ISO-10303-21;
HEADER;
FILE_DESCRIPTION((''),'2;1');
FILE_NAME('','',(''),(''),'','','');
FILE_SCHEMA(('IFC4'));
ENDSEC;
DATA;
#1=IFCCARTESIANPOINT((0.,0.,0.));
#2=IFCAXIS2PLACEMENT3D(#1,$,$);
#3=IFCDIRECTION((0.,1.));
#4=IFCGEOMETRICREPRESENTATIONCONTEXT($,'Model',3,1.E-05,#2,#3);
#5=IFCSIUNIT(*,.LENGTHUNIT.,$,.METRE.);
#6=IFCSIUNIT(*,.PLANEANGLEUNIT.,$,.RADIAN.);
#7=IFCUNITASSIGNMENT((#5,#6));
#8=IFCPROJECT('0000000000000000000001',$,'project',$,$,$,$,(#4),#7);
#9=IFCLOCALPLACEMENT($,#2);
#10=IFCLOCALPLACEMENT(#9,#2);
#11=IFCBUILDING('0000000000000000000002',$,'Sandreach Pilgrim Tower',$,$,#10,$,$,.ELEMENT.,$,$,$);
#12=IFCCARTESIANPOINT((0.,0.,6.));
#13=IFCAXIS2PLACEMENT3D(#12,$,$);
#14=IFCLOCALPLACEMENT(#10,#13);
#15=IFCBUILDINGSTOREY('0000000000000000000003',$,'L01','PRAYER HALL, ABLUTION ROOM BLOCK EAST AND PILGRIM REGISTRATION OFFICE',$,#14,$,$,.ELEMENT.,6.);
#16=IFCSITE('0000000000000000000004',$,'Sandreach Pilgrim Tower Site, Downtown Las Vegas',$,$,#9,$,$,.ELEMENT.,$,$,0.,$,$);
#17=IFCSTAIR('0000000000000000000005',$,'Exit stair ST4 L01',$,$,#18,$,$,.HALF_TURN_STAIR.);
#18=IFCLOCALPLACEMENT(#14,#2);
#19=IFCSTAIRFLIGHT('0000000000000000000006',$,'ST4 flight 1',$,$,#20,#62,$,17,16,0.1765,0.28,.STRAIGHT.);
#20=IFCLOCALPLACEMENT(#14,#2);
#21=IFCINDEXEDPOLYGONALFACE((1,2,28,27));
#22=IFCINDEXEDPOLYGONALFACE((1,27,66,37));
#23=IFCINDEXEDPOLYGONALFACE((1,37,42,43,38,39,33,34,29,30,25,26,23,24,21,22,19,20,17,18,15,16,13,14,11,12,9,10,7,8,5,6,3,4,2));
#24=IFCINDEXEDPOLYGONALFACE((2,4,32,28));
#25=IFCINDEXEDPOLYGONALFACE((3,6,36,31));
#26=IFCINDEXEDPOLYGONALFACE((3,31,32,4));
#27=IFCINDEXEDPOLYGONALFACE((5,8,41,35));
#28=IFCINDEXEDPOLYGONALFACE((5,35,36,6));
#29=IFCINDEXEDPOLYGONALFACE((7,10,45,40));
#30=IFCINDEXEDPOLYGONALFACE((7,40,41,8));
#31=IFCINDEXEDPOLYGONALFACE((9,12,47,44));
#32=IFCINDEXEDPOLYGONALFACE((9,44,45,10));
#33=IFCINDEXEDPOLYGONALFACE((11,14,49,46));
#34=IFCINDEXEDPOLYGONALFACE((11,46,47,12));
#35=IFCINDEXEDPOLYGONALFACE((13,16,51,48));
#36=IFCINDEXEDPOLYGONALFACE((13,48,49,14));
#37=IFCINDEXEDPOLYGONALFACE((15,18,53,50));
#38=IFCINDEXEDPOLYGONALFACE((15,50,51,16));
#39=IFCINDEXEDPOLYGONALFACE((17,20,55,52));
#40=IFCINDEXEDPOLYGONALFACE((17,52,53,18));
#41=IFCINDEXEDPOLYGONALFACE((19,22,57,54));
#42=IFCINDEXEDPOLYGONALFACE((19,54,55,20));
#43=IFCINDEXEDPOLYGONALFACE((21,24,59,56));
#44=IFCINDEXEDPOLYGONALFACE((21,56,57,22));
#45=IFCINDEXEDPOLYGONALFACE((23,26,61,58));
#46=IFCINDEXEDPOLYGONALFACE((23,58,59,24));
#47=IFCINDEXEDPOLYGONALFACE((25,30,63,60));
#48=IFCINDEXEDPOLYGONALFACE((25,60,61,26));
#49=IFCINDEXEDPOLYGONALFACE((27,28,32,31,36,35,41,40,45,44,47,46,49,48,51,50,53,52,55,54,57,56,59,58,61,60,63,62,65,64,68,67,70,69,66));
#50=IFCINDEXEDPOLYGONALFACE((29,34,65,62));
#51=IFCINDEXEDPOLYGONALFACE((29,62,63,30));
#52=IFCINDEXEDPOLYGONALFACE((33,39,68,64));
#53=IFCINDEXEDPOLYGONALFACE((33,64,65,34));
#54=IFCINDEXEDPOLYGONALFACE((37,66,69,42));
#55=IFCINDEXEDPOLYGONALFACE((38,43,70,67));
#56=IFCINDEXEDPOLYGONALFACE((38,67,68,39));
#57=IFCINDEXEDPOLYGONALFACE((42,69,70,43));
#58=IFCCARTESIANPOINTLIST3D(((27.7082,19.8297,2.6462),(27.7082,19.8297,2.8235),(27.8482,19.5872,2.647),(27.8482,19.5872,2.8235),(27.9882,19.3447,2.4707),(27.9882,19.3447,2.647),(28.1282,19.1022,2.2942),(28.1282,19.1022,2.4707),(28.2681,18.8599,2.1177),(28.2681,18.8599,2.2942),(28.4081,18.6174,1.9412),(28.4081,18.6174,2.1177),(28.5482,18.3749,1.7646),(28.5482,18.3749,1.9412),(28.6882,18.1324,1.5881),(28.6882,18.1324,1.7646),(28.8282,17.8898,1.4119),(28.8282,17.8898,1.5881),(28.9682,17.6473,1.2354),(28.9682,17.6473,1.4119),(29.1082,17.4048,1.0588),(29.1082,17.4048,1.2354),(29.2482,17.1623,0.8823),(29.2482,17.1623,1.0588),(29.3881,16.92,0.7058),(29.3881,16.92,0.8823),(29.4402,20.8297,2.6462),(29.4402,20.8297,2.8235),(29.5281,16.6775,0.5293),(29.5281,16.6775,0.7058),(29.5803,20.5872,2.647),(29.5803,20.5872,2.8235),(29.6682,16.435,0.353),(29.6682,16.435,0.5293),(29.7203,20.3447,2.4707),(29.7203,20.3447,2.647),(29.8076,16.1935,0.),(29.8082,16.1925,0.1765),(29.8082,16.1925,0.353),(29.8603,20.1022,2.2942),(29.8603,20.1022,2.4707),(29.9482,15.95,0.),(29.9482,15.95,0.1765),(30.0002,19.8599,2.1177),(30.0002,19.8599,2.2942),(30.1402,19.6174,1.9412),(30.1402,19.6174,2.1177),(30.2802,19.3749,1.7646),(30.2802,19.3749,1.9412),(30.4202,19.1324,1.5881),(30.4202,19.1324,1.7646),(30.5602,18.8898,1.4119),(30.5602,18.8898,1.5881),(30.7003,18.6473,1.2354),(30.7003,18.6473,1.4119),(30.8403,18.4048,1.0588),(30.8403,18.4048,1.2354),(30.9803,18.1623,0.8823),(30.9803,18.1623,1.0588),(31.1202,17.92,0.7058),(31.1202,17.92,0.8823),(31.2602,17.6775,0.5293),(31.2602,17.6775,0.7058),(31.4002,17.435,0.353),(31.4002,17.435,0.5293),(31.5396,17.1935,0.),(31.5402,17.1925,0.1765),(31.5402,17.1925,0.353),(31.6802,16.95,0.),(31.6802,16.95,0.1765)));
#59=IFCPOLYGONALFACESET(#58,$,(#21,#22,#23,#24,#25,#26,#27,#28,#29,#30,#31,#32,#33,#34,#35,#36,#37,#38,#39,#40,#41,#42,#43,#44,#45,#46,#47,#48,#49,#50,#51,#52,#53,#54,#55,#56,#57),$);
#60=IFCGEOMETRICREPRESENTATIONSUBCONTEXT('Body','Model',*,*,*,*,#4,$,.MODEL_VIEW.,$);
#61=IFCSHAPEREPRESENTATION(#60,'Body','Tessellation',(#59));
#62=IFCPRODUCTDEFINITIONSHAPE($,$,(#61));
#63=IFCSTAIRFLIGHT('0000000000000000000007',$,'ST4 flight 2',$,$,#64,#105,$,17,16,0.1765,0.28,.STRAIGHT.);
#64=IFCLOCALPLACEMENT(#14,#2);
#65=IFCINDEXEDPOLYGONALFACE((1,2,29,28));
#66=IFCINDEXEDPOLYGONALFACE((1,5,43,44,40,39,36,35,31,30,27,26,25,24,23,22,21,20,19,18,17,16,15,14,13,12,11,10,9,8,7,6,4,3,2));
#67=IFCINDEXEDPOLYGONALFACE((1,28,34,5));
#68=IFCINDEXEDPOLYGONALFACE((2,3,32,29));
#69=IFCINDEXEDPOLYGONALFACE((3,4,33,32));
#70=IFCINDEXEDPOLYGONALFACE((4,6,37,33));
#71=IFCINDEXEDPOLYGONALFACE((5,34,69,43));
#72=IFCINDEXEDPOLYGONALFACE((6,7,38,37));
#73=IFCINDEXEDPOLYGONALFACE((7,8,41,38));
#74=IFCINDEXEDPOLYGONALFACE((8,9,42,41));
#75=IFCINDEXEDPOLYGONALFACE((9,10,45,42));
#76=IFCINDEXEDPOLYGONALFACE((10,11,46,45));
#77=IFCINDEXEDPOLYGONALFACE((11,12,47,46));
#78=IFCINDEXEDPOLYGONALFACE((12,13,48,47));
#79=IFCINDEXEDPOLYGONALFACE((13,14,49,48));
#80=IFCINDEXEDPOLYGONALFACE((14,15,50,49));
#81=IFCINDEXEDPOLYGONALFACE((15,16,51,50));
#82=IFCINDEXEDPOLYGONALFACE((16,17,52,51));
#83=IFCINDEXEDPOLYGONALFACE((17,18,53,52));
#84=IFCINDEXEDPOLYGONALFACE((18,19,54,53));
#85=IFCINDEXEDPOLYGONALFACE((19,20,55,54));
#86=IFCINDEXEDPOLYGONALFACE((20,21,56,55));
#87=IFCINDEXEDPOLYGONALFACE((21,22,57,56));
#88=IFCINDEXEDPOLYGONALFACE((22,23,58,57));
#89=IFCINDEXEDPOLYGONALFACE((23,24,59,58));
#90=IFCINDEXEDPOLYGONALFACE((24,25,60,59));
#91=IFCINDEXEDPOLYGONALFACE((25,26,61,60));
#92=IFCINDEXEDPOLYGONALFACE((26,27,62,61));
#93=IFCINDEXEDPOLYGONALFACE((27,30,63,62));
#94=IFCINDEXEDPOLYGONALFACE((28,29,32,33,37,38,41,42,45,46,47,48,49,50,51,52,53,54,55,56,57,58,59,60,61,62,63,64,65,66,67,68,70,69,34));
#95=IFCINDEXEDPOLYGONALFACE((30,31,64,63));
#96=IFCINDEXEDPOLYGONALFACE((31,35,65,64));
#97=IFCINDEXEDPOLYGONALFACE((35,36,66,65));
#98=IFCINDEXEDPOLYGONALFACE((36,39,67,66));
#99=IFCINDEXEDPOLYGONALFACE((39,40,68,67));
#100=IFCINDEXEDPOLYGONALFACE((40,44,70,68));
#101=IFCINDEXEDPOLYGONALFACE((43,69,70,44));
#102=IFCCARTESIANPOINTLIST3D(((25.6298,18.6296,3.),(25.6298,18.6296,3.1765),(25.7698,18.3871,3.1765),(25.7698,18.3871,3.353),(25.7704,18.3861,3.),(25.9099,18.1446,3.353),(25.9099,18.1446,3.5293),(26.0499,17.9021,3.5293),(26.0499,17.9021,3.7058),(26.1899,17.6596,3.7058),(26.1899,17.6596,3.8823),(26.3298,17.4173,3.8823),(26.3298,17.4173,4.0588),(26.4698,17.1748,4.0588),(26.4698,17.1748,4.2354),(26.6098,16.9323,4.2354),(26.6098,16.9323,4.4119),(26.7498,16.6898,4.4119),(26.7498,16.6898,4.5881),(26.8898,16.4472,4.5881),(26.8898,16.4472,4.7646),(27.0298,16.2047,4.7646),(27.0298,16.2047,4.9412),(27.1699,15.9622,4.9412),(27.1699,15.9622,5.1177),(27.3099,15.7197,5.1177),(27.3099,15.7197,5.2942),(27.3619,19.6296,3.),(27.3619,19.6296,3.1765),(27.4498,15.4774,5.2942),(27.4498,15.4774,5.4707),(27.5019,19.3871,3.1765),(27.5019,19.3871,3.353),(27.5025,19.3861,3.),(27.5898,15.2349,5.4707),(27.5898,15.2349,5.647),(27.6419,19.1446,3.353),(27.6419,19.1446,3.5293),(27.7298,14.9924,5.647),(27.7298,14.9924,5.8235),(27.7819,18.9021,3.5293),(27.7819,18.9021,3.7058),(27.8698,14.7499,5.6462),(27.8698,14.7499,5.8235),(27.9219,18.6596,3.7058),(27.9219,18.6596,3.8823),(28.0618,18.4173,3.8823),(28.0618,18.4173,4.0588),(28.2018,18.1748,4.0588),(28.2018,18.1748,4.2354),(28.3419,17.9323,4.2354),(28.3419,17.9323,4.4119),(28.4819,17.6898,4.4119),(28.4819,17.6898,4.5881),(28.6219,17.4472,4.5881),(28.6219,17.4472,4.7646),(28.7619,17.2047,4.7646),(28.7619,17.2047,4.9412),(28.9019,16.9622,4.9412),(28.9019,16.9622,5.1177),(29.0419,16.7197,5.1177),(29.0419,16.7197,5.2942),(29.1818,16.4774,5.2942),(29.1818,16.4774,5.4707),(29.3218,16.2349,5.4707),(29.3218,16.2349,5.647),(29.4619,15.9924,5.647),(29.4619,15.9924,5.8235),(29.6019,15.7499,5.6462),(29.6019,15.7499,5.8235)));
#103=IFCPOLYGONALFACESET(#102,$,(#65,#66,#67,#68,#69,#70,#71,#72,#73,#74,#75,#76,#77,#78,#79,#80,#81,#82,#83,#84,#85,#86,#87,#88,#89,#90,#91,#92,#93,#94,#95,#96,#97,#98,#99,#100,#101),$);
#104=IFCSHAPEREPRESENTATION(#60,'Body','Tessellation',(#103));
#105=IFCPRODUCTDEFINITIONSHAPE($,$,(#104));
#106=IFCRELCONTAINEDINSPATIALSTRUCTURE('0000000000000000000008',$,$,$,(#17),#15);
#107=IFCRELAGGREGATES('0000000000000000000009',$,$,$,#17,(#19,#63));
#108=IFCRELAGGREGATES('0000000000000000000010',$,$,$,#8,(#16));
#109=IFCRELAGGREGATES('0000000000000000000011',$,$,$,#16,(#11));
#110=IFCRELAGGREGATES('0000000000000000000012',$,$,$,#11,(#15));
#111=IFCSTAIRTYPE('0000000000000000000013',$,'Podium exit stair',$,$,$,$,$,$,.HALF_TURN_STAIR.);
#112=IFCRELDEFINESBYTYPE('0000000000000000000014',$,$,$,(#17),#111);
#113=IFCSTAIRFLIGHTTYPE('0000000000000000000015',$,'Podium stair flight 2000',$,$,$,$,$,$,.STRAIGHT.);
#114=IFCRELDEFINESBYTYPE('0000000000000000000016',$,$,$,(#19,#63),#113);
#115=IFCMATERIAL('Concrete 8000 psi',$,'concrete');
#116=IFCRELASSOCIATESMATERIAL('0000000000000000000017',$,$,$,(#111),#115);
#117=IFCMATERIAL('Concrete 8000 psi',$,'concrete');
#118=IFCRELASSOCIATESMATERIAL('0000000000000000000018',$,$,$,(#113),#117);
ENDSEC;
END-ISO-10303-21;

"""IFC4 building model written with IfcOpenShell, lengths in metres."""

from ifc_helpers import new_model, si_unit, direction, frame, origin, place, context, subcontext, project, spatial, polyline, outline, extrude, material, type_object, element, aggregate, save


model = new_model("IFC4")

# Units and contexts
model_context = context("Model", 3, precision=1e-05, world=origin(), true_north=direction((0.0, 1.0)))
body_context = subcontext(model_context, "Body", "Model", "MODEL_VIEW")
ifc_project = project(units=[si_unit("LENGTHUNIT", "METRE"), si_unit("PLANEANGLEUNIT", "RADIAN")], contexts=[model_context])

# Site, building, storey
site_placement = place(None, origin())
site = spatial("IfcSite", under=ifc_project, at=site_placement, Name="Sandreach Pilgrim Tower Site, Downtown Las Vegas", CompositionType="ELEMENT", RefElevation=0.0)
building_placement = place(site_placement, origin())
building = spatial("IfcBuilding", under=site, at=building_placement, Name="Sandreach Pilgrim Tower", CompositionType="ELEMENT")
storey_placement = place(building_placement, frame((0.0, 0.0, 6.0)))
storey = spatial("IfcBuildingStorey", under=building, at=storey_placement, Name="L01", Description="PRAYER HALL, ABLUTION ROOM BLOCK EAST AND PILGRIM REGISTRATION OFFICE", CompositionType="ELEMENT", Elevation=6.0)

# Stair, stair flights
ifc_material_1 = material(Name="Concrete 8000 psi", Category="concrete")
stair_type = type_object("IfcStairType", Name="Podium exit stair", PredefinedType="HALF_TURN_STAIR", material=ifc_material_1)
stair_placement = place(storey_placement, origin())
stair = element("IfcStair", 1, at=stair_placement, inside=storey, type_object=stair_type, Name="Exit stair ST4 L01", PredefinedType="HALF_TURN_STAIR")
ifc_material_2 = material(Name="Concrete 8000 psi", Category="concrete")
stair_flight_type = type_object("IfcStairFlightType", Name="Podium stair flight 2000", PredefinedType="STRAIGHT", material=ifc_material_2)
stair_flight_1_placement = place(storey_placement, frame((30.8142, 16.45, 0.0), z_axis=(0.0, 0.0, 1.0), x_axis=(-0.5, 0.866025, 0.0)))
stair_flight_1 = element("IfcStairFlight", 2, at=stair_flight_1_placement, type_object=stair_flight_type, Name="ST4 flight 1", NumberOfRisers=17, NumberOfTreads=16, PredefinedType="STRAIGHT", RiserHeight=0.1765, TreadLength=0.28, context=body_context, shape_type="SweptSolid", body=[
    extrude(outline(polyline([(0.0, 0.0), (0.0, 0.1765), (0.28, 0.1765), (0.28, 0.353), (0.5601, 0.353), (0.5601, 0.5293), (0.8401, 0.5293), (0.8401, 0.7058), (1.1201, 0.7058), (1.1201, 0.8823), (1.3999, 0.8823), (1.3999, 1.0588), (1.6799, 1.0588), (1.6799, 1.2354), (1.96, 1.2354), (1.96, 1.4119), (2.24, 1.4119), (2.24, 1.5881), (2.52, 1.5881), (2.52, 1.7646), (2.8, 1.7646), (2.8, 1.9412), (3.0801, 1.9412), (3.0801, 2.1177), (3.3601, 2.1177), (3.3601, 2.2942), (3.6399, 2.2942), (3.6399, 2.4707), (3.9199, 2.4707), (3.9199, 2.647), (4.2, 2.647), (4.2, 2.8235), (4.48, 2.8235), (4.48, 3.0), (4.48, 2.6462), (0.2812, 0.0), (0.0, 0.0)])), frame((0.0, 1.0, 0.0), z_axis=(0.0, -1.0, 0.0), x_axis=(1.0, 0.0, 0.0)), (0.0, 0.0, 1.0), 2.0),
])
stair_flight_2_placement = place(storey_placement, frame((26.4958, 19.1296, 3.0), z_axis=(0.0, 0.0, 1.0), x_axis=(0.5, -0.866025, 0.0)))
stair_flight_2 = element("IfcStairFlight", 3, at=stair_flight_2_placement, type_object=stair_flight_type, Name="ST4 flight 2", NumberOfRisers=17, NumberOfTreads=16, PredefinedType="STRAIGHT", RiserHeight=0.1765, TreadLength=0.28, context=body_context, shape_type="SweptSolid", body=[
    extrude(outline(polyline([(0.0, 0.0), (0.0, 0.1765), (0.28, 0.1765), (0.28, 0.353), (0.5601, 0.353), (0.5601, 0.5293), (0.8401, 0.5293), (0.8401, 0.7058), (1.1201, 0.7058), (1.1201, 0.8823), (1.3999, 0.8823), (1.3999, 1.0588), (1.6799, 1.0588), (1.6799, 1.2354), (1.96, 1.2354), (1.96, 1.4119), (2.24, 1.4119), (2.24, 1.5881), (2.52, 1.5881), (2.52, 1.7646), (2.8, 1.7646), (2.8, 1.9412), (3.0801, 1.9412), (3.0801, 2.1177), (3.3601, 2.1177), (3.3601, 2.2942), (3.6399, 2.2942), (3.6399, 2.4707), (3.9199, 2.4707), (3.9199, 2.647), (4.2, 2.647), (4.2, 2.8235), (4.48, 2.8235), (4.48, 3.0), (4.48, 2.6462), (0.2812, 0.0), (0.0, 0.0)])), frame((0.0, 1.0, 0.0), z_axis=(0.0, -1.0, 0.0), x_axis=(1.0, 0.0, 0.0)), (0.0, 0.0, 1.0), 2.0),
])
aggregate(stair, [stair_flight_1, stair_flight_2])

save(model, "model.ifc")
